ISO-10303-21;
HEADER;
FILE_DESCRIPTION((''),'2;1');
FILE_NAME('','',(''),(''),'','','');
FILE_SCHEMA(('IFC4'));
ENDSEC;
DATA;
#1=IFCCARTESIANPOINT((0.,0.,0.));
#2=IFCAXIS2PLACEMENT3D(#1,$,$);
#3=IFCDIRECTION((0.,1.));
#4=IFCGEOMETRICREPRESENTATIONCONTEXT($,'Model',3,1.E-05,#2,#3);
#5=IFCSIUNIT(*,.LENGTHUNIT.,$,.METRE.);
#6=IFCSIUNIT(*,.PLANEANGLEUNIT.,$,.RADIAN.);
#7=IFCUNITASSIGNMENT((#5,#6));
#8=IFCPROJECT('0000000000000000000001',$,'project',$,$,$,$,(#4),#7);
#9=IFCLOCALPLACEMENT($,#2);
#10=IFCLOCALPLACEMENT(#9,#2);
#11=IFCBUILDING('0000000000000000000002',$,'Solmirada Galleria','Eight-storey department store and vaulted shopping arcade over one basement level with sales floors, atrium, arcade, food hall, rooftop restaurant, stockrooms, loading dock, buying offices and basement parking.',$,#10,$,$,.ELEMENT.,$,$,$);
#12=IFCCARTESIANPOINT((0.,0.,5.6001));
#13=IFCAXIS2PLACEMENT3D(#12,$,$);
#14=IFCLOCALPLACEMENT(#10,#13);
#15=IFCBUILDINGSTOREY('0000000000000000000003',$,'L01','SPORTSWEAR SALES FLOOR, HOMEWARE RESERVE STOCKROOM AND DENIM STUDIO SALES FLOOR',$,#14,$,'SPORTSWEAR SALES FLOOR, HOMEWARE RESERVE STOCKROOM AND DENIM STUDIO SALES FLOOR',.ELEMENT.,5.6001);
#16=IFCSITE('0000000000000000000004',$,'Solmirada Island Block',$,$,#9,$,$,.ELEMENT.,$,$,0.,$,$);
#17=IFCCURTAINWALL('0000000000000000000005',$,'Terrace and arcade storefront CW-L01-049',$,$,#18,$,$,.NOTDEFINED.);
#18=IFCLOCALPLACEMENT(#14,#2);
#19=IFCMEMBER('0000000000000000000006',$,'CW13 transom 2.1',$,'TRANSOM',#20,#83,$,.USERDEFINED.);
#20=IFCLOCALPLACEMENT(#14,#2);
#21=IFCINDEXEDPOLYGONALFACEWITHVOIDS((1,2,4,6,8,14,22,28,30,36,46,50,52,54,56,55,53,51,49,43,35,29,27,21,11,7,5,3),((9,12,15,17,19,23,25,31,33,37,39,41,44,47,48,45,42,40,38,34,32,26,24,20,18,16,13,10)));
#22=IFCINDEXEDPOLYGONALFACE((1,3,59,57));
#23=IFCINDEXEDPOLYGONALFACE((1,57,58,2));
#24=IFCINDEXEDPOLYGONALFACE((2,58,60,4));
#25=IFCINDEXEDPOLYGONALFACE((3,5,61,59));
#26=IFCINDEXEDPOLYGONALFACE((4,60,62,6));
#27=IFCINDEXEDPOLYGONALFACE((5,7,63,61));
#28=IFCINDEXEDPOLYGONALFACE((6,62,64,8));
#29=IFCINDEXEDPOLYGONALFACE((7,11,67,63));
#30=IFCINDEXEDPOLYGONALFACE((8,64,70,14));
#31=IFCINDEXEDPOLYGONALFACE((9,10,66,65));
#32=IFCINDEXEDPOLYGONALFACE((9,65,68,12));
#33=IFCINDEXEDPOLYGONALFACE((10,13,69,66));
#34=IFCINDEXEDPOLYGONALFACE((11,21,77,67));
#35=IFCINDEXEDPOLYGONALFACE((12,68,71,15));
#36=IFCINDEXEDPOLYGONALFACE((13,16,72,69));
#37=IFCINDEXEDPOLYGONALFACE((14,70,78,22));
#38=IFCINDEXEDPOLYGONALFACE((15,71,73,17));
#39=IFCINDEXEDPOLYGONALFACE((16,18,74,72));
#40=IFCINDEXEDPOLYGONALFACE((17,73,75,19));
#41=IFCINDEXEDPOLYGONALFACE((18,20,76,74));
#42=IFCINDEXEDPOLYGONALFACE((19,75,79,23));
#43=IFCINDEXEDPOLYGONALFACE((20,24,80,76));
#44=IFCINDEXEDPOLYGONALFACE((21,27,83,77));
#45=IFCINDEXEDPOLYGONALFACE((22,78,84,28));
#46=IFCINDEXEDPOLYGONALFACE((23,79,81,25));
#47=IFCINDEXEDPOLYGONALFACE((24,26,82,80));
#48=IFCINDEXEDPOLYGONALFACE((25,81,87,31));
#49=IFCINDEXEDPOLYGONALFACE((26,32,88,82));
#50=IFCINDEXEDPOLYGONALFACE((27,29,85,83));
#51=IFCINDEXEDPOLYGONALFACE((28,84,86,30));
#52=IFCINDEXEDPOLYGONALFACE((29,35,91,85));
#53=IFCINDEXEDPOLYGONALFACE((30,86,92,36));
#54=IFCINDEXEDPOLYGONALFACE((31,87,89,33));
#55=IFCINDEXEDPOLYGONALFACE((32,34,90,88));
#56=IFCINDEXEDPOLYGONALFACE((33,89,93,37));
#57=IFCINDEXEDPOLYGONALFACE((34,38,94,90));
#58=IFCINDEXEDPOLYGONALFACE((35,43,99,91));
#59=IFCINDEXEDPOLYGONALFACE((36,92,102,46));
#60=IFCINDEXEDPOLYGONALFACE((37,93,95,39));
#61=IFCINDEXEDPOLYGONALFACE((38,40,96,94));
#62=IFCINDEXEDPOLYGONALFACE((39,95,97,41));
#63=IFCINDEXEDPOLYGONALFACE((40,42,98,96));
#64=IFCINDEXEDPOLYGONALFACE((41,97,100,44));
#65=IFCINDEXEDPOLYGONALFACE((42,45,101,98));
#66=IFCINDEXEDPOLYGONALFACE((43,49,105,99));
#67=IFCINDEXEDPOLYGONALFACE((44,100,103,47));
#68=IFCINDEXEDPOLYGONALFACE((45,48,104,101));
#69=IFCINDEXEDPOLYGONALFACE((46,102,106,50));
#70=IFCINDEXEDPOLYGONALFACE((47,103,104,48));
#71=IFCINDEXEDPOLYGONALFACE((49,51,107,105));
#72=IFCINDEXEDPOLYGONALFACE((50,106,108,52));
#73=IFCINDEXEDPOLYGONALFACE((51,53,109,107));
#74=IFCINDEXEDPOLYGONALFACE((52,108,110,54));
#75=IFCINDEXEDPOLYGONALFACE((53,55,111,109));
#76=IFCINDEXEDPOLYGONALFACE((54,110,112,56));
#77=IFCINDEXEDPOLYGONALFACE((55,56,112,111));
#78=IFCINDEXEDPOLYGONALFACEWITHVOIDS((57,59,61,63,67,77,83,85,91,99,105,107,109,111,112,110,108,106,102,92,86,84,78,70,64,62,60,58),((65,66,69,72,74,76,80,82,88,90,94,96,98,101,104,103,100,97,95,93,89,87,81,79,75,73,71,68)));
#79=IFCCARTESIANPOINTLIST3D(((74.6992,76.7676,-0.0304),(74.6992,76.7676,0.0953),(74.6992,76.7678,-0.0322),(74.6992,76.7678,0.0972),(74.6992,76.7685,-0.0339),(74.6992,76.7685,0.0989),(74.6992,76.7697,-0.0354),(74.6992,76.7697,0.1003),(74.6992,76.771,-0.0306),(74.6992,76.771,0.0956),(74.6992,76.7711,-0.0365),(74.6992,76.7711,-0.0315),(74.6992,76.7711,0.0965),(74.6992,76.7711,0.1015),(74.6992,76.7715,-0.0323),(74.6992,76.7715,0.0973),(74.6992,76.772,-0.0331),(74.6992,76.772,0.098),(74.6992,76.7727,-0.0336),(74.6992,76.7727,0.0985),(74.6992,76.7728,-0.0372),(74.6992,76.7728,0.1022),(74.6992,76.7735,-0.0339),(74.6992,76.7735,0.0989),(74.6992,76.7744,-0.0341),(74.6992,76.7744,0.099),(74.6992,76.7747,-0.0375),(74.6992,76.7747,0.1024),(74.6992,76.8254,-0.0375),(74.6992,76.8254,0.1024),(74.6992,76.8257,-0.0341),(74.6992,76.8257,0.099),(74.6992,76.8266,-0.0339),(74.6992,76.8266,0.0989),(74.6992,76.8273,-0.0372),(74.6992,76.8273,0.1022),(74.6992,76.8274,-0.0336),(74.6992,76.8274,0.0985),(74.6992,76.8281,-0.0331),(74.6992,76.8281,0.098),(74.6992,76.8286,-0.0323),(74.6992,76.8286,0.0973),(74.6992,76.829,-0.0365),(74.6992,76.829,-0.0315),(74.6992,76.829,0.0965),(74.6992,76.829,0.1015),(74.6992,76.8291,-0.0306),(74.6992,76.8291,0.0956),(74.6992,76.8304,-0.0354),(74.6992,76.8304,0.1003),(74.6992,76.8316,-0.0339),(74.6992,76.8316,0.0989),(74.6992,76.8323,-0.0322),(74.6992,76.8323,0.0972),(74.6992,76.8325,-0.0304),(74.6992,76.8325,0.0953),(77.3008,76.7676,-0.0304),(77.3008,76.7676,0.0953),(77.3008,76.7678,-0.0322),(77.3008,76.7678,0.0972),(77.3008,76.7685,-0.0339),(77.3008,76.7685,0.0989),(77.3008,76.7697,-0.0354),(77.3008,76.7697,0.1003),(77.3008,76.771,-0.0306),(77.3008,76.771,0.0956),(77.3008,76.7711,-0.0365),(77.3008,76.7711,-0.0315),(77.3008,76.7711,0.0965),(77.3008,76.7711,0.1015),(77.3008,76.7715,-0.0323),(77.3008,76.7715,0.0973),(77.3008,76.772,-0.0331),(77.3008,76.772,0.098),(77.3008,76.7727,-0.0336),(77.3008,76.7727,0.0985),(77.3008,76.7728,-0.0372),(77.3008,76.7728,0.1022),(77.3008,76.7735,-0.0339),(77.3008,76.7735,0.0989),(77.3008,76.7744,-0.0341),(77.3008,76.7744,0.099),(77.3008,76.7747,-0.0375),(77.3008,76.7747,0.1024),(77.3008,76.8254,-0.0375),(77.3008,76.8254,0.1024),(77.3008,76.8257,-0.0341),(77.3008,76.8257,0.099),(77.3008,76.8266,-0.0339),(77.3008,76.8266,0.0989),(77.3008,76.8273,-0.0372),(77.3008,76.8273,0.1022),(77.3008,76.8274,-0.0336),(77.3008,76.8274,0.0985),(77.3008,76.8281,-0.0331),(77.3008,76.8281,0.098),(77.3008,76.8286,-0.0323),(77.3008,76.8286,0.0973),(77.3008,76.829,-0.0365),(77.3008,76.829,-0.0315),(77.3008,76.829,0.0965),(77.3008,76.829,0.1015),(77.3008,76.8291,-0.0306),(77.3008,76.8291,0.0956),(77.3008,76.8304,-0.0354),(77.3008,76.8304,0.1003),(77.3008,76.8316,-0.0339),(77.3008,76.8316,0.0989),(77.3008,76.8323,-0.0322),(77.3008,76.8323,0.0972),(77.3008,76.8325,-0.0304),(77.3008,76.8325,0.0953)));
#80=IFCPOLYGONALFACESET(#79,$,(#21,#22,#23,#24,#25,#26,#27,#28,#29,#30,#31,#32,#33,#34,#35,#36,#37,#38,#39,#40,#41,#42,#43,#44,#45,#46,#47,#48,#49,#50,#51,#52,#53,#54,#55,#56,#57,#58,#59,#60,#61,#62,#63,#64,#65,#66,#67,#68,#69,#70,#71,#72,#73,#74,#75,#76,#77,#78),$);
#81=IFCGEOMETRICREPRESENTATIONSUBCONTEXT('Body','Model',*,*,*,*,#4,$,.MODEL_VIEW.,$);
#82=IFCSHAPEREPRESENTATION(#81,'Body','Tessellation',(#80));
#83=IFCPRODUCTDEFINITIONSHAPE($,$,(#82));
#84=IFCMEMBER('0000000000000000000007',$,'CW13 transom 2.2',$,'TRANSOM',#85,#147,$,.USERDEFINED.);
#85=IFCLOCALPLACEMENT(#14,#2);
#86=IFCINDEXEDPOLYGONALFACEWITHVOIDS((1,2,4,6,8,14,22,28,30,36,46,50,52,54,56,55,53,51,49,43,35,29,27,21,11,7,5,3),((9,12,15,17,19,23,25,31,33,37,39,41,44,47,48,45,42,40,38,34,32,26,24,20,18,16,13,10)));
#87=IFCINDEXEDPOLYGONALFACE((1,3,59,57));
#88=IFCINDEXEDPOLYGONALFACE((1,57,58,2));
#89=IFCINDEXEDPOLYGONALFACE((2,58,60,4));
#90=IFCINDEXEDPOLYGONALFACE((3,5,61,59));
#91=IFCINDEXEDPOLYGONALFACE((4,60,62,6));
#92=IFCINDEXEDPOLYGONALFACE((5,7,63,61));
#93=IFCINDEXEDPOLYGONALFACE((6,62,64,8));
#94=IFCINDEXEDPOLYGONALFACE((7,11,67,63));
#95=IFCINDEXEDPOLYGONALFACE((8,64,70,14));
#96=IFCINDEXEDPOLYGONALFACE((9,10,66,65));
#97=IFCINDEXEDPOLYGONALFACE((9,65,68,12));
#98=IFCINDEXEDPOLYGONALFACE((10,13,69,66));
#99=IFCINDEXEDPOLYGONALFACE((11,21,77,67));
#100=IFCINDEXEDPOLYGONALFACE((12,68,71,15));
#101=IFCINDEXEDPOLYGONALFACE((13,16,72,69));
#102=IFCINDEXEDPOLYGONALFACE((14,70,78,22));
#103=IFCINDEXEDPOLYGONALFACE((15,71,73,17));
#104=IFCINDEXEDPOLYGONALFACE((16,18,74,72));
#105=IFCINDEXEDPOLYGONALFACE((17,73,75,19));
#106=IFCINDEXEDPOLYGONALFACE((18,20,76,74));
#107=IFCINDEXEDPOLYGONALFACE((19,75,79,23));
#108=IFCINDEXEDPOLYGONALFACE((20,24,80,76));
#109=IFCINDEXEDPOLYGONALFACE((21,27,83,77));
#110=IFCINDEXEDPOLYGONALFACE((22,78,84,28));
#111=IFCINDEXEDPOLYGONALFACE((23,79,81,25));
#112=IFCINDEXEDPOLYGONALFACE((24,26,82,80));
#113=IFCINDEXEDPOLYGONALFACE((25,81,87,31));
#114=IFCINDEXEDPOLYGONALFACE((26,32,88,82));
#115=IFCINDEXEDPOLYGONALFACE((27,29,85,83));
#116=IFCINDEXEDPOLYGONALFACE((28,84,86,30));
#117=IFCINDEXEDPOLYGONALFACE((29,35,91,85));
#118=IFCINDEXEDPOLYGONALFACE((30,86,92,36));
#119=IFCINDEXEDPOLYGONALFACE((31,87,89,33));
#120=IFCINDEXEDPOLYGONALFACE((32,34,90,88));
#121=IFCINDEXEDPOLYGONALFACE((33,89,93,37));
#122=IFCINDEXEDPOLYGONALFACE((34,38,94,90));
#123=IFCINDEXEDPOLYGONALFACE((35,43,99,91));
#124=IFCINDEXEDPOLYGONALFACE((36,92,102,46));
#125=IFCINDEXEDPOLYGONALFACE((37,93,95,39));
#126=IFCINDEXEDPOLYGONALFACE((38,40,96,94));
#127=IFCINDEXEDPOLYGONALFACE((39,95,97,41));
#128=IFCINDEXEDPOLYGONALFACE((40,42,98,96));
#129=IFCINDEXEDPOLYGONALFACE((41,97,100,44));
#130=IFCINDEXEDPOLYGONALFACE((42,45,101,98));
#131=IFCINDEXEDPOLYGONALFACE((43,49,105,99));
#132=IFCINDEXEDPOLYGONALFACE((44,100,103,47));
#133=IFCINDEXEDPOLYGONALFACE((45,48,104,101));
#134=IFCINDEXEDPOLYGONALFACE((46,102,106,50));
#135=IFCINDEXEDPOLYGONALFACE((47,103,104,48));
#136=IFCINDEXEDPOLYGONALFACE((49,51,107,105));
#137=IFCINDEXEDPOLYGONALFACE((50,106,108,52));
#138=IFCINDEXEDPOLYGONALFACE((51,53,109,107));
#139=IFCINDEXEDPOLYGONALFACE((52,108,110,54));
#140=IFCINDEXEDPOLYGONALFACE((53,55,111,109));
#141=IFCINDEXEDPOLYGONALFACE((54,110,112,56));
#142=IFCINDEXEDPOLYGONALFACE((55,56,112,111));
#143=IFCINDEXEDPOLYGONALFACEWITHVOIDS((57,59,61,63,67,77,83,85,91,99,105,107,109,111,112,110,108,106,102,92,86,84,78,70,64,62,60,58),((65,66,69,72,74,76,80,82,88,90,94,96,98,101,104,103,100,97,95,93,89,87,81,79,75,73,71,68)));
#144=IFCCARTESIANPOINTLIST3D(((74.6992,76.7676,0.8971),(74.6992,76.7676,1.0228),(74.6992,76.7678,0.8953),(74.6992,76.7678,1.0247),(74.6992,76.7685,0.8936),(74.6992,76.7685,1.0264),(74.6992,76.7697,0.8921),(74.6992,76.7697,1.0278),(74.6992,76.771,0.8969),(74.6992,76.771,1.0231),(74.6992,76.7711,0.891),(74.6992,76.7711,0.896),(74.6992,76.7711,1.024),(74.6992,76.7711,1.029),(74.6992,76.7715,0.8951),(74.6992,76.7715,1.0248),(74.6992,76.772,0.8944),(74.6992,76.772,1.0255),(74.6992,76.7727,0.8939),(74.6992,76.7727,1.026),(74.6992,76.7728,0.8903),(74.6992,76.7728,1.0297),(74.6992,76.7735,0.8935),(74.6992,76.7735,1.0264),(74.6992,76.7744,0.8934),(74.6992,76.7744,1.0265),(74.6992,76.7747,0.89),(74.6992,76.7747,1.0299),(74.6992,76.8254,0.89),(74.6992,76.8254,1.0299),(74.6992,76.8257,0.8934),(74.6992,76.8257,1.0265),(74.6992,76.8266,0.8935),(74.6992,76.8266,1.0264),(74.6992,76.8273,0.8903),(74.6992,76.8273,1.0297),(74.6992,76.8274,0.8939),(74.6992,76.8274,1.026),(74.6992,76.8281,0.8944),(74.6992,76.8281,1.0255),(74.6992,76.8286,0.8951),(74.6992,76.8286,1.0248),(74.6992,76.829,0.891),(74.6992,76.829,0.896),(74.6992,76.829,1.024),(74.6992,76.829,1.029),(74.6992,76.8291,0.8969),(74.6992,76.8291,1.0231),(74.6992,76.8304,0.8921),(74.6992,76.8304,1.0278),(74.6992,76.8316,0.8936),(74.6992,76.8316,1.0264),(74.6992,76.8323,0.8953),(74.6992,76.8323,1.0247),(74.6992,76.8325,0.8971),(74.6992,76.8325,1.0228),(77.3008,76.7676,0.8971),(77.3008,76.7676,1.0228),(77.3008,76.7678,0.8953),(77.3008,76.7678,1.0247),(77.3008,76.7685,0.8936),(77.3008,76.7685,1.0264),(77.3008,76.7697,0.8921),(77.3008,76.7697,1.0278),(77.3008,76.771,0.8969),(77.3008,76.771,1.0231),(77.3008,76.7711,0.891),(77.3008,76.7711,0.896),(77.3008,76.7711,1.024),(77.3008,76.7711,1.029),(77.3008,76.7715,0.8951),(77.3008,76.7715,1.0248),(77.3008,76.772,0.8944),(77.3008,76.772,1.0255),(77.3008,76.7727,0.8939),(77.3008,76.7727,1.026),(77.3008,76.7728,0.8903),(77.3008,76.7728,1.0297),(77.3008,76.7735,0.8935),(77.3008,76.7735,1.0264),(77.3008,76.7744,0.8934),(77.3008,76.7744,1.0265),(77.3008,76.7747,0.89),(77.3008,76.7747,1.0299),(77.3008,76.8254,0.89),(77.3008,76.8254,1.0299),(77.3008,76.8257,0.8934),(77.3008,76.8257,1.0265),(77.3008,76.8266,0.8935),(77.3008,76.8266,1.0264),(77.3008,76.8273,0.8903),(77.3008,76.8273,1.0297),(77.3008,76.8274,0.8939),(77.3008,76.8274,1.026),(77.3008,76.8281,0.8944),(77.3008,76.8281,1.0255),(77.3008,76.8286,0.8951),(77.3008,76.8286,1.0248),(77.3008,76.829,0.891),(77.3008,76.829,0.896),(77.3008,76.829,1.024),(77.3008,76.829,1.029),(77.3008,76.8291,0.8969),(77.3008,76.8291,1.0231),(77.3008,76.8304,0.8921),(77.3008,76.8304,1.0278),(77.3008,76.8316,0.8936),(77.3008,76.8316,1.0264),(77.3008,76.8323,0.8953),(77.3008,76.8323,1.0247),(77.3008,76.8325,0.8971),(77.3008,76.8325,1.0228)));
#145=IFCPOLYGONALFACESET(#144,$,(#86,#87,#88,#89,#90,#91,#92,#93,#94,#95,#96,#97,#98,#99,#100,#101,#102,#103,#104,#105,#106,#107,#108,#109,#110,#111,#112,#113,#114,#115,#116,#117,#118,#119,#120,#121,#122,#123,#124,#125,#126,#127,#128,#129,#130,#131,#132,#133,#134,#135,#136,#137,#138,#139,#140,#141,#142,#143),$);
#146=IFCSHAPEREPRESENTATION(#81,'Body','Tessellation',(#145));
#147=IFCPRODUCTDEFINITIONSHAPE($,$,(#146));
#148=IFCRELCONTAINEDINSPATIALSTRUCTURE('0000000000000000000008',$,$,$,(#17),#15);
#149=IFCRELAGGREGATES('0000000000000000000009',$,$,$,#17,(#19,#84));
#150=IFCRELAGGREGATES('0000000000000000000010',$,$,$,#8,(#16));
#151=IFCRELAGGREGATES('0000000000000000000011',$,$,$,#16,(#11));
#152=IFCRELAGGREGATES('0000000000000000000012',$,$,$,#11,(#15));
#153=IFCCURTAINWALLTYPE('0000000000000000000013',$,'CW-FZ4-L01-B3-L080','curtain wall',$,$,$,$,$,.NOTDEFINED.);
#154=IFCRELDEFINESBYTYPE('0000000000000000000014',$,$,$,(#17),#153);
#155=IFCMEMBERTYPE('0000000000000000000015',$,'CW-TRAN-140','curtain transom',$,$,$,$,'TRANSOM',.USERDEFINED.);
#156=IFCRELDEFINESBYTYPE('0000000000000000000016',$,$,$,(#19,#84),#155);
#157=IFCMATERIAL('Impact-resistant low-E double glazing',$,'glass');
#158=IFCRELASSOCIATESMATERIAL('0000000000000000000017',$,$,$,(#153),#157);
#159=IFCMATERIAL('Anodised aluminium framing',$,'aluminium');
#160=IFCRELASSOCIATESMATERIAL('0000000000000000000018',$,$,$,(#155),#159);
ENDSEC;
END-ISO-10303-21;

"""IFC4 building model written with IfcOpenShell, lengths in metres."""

from ifc_helpers import new_model, si_unit, direction, frame, origin, origin_2d, place, context, subcontext, project, spatial, hollow_rectangle, extrude, material, material_profile, profile_set, type_object, element, aggregate, save


model = new_model("IFC4")

# Units and contexts
model_context = context("Model", 3, precision=1e-05, world=origin(), true_north=direction((0.0, 1.0)))
body_context = subcontext(model_context, "Body", "Model", "MODEL_VIEW")
ifc_project = project(units=[si_unit("LENGTHUNIT", "METRE"), si_unit("PLANEANGLEUNIT", "RADIAN")], contexts=[model_context])

# Site, building, storey
site_placement = place(None, origin())
site = spatial("IfcSite", under=ifc_project, at=site_placement, Name="Solmirada Island Block", CompositionType="ELEMENT", RefElevation=0.0)
building_placement = place(site_placement, origin())
building = spatial("IfcBuilding", under=site, at=building_placement, Name="Solmirada Galleria", Description="Eight-storey department store and vaulted shopping arcade over one basement level with sales floors, atrium, arcade, food hall, rooftop restaurant, stockrooms, loading dock, buying offices and basement parking.", CompositionType="ELEMENT")
storey_placement = place(building_placement, frame((0.0, 0.0, 5.6001)))
storey = spatial("IfcBuildingStorey", under=building, at=storey_placement, Name="L01", Description="SPORTSWEAR SALES FLOOR, HOMEWARE RESERVE STOCKROOM AND DENIM STUDIO SALES FLOOR", LongName="SPORTSWEAR SALES FLOOR, HOMEWARE RESERVE STOCKROOM AND DENIM STUDIO SALES FLOOR", CompositionType="ELEMENT", Elevation=5.6001)

# Curtain wall
ifc_material_1 = material(Name="Impact-resistant low-E double glazing", Category="glass")
curtain_wall_type = type_object("IfcCurtainWallType", Name="CW-FZ4-L01-B3-L080", Description="curtain wall", PredefinedType="NOTDEFINED", material=ifc_material_1)
curtain_wall_1_placement = place(storey_placement, origin())
curtain_wall_1 = element("IfcCurtainWall", 1, at=curtain_wall_1_placement, inside=storey, type_object=curtain_wall_type, Name="Terrace and arcade storefront CW-L01-049", PredefinedType="NOTDEFINED")
ifc_material_2 = material(Name="Anodised aluminium framing", Category="aluminium")

# Members
ifc_material_profile_1 = material_profile(ifc_material_2, hollow_rectangle(XDim=0.0649, YDim=0.1399, WallThickness=0.0034, InnerFilletRadius=0.0034, OuterFilletRadius=0.0071, at=origin_2d()), Name="ALU-TRAN-140X65")
ifc_profile_set_1 = profile_set([ifc_material_profile_1], Name="Anodised aluminium framing")
member_type_1 = type_object("IfcMemberType", Name="CW-TRAN-140", Description="curtain transom", ElementType="TRANSOM", PredefinedType="USERDEFINED", material=ifc_profile_set_1)
member_1_placement = place(storey_placement, frame((77.3008, 76.8, 0.0325), z_axis=(-1.0, 0.0, 0.0), x_axis=(0.0, -1.0, 0.0)))
member_1 = element("IfcMember", 2, at=member_1_placement, type_object=member_type_1, Name="CW13 transom 2.1", ObjectType="TRANSOM", PredefinedType="USERDEFINED", context=body_context, shape_type="SweptSolid", body=[
    extrude(hollow_rectangle(XDim=0.0649, YDim=0.1399, WallThickness=0.0034, InnerFilletRadius=0.0034, OuterFilletRadius=0.0071, at=origin_2d()), origin(), (0.0, 0.0, 1.0), 2.6016),
])
member_2_placement = place(storey_placement, frame((77.3008, 76.8, 0.96), z_axis=(-1.0, 0.0, 0.0), x_axis=(0.0, -1.0, 0.0)))
member_2 = element("IfcMember", 3, at=member_2_placement, type_object=member_type_1, Name="CW13 transom 2.2", ObjectType="TRANSOM", PredefinedType="USERDEFINED", context=body_context, shape_type="SweptSolid", body=[
    extrude(hollow_rectangle(XDim=0.0649, YDim=0.1399, WallThickness=0.0034, InnerFilletRadius=0.0034, OuterFilletRadius=0.0071, at=origin_2d()), origin(), (0.0, 0.0, 1.0), 2.6016),
])

aggregate(curtain_wall_1, [member_1, member_2])

save(model, "model.ifc")
